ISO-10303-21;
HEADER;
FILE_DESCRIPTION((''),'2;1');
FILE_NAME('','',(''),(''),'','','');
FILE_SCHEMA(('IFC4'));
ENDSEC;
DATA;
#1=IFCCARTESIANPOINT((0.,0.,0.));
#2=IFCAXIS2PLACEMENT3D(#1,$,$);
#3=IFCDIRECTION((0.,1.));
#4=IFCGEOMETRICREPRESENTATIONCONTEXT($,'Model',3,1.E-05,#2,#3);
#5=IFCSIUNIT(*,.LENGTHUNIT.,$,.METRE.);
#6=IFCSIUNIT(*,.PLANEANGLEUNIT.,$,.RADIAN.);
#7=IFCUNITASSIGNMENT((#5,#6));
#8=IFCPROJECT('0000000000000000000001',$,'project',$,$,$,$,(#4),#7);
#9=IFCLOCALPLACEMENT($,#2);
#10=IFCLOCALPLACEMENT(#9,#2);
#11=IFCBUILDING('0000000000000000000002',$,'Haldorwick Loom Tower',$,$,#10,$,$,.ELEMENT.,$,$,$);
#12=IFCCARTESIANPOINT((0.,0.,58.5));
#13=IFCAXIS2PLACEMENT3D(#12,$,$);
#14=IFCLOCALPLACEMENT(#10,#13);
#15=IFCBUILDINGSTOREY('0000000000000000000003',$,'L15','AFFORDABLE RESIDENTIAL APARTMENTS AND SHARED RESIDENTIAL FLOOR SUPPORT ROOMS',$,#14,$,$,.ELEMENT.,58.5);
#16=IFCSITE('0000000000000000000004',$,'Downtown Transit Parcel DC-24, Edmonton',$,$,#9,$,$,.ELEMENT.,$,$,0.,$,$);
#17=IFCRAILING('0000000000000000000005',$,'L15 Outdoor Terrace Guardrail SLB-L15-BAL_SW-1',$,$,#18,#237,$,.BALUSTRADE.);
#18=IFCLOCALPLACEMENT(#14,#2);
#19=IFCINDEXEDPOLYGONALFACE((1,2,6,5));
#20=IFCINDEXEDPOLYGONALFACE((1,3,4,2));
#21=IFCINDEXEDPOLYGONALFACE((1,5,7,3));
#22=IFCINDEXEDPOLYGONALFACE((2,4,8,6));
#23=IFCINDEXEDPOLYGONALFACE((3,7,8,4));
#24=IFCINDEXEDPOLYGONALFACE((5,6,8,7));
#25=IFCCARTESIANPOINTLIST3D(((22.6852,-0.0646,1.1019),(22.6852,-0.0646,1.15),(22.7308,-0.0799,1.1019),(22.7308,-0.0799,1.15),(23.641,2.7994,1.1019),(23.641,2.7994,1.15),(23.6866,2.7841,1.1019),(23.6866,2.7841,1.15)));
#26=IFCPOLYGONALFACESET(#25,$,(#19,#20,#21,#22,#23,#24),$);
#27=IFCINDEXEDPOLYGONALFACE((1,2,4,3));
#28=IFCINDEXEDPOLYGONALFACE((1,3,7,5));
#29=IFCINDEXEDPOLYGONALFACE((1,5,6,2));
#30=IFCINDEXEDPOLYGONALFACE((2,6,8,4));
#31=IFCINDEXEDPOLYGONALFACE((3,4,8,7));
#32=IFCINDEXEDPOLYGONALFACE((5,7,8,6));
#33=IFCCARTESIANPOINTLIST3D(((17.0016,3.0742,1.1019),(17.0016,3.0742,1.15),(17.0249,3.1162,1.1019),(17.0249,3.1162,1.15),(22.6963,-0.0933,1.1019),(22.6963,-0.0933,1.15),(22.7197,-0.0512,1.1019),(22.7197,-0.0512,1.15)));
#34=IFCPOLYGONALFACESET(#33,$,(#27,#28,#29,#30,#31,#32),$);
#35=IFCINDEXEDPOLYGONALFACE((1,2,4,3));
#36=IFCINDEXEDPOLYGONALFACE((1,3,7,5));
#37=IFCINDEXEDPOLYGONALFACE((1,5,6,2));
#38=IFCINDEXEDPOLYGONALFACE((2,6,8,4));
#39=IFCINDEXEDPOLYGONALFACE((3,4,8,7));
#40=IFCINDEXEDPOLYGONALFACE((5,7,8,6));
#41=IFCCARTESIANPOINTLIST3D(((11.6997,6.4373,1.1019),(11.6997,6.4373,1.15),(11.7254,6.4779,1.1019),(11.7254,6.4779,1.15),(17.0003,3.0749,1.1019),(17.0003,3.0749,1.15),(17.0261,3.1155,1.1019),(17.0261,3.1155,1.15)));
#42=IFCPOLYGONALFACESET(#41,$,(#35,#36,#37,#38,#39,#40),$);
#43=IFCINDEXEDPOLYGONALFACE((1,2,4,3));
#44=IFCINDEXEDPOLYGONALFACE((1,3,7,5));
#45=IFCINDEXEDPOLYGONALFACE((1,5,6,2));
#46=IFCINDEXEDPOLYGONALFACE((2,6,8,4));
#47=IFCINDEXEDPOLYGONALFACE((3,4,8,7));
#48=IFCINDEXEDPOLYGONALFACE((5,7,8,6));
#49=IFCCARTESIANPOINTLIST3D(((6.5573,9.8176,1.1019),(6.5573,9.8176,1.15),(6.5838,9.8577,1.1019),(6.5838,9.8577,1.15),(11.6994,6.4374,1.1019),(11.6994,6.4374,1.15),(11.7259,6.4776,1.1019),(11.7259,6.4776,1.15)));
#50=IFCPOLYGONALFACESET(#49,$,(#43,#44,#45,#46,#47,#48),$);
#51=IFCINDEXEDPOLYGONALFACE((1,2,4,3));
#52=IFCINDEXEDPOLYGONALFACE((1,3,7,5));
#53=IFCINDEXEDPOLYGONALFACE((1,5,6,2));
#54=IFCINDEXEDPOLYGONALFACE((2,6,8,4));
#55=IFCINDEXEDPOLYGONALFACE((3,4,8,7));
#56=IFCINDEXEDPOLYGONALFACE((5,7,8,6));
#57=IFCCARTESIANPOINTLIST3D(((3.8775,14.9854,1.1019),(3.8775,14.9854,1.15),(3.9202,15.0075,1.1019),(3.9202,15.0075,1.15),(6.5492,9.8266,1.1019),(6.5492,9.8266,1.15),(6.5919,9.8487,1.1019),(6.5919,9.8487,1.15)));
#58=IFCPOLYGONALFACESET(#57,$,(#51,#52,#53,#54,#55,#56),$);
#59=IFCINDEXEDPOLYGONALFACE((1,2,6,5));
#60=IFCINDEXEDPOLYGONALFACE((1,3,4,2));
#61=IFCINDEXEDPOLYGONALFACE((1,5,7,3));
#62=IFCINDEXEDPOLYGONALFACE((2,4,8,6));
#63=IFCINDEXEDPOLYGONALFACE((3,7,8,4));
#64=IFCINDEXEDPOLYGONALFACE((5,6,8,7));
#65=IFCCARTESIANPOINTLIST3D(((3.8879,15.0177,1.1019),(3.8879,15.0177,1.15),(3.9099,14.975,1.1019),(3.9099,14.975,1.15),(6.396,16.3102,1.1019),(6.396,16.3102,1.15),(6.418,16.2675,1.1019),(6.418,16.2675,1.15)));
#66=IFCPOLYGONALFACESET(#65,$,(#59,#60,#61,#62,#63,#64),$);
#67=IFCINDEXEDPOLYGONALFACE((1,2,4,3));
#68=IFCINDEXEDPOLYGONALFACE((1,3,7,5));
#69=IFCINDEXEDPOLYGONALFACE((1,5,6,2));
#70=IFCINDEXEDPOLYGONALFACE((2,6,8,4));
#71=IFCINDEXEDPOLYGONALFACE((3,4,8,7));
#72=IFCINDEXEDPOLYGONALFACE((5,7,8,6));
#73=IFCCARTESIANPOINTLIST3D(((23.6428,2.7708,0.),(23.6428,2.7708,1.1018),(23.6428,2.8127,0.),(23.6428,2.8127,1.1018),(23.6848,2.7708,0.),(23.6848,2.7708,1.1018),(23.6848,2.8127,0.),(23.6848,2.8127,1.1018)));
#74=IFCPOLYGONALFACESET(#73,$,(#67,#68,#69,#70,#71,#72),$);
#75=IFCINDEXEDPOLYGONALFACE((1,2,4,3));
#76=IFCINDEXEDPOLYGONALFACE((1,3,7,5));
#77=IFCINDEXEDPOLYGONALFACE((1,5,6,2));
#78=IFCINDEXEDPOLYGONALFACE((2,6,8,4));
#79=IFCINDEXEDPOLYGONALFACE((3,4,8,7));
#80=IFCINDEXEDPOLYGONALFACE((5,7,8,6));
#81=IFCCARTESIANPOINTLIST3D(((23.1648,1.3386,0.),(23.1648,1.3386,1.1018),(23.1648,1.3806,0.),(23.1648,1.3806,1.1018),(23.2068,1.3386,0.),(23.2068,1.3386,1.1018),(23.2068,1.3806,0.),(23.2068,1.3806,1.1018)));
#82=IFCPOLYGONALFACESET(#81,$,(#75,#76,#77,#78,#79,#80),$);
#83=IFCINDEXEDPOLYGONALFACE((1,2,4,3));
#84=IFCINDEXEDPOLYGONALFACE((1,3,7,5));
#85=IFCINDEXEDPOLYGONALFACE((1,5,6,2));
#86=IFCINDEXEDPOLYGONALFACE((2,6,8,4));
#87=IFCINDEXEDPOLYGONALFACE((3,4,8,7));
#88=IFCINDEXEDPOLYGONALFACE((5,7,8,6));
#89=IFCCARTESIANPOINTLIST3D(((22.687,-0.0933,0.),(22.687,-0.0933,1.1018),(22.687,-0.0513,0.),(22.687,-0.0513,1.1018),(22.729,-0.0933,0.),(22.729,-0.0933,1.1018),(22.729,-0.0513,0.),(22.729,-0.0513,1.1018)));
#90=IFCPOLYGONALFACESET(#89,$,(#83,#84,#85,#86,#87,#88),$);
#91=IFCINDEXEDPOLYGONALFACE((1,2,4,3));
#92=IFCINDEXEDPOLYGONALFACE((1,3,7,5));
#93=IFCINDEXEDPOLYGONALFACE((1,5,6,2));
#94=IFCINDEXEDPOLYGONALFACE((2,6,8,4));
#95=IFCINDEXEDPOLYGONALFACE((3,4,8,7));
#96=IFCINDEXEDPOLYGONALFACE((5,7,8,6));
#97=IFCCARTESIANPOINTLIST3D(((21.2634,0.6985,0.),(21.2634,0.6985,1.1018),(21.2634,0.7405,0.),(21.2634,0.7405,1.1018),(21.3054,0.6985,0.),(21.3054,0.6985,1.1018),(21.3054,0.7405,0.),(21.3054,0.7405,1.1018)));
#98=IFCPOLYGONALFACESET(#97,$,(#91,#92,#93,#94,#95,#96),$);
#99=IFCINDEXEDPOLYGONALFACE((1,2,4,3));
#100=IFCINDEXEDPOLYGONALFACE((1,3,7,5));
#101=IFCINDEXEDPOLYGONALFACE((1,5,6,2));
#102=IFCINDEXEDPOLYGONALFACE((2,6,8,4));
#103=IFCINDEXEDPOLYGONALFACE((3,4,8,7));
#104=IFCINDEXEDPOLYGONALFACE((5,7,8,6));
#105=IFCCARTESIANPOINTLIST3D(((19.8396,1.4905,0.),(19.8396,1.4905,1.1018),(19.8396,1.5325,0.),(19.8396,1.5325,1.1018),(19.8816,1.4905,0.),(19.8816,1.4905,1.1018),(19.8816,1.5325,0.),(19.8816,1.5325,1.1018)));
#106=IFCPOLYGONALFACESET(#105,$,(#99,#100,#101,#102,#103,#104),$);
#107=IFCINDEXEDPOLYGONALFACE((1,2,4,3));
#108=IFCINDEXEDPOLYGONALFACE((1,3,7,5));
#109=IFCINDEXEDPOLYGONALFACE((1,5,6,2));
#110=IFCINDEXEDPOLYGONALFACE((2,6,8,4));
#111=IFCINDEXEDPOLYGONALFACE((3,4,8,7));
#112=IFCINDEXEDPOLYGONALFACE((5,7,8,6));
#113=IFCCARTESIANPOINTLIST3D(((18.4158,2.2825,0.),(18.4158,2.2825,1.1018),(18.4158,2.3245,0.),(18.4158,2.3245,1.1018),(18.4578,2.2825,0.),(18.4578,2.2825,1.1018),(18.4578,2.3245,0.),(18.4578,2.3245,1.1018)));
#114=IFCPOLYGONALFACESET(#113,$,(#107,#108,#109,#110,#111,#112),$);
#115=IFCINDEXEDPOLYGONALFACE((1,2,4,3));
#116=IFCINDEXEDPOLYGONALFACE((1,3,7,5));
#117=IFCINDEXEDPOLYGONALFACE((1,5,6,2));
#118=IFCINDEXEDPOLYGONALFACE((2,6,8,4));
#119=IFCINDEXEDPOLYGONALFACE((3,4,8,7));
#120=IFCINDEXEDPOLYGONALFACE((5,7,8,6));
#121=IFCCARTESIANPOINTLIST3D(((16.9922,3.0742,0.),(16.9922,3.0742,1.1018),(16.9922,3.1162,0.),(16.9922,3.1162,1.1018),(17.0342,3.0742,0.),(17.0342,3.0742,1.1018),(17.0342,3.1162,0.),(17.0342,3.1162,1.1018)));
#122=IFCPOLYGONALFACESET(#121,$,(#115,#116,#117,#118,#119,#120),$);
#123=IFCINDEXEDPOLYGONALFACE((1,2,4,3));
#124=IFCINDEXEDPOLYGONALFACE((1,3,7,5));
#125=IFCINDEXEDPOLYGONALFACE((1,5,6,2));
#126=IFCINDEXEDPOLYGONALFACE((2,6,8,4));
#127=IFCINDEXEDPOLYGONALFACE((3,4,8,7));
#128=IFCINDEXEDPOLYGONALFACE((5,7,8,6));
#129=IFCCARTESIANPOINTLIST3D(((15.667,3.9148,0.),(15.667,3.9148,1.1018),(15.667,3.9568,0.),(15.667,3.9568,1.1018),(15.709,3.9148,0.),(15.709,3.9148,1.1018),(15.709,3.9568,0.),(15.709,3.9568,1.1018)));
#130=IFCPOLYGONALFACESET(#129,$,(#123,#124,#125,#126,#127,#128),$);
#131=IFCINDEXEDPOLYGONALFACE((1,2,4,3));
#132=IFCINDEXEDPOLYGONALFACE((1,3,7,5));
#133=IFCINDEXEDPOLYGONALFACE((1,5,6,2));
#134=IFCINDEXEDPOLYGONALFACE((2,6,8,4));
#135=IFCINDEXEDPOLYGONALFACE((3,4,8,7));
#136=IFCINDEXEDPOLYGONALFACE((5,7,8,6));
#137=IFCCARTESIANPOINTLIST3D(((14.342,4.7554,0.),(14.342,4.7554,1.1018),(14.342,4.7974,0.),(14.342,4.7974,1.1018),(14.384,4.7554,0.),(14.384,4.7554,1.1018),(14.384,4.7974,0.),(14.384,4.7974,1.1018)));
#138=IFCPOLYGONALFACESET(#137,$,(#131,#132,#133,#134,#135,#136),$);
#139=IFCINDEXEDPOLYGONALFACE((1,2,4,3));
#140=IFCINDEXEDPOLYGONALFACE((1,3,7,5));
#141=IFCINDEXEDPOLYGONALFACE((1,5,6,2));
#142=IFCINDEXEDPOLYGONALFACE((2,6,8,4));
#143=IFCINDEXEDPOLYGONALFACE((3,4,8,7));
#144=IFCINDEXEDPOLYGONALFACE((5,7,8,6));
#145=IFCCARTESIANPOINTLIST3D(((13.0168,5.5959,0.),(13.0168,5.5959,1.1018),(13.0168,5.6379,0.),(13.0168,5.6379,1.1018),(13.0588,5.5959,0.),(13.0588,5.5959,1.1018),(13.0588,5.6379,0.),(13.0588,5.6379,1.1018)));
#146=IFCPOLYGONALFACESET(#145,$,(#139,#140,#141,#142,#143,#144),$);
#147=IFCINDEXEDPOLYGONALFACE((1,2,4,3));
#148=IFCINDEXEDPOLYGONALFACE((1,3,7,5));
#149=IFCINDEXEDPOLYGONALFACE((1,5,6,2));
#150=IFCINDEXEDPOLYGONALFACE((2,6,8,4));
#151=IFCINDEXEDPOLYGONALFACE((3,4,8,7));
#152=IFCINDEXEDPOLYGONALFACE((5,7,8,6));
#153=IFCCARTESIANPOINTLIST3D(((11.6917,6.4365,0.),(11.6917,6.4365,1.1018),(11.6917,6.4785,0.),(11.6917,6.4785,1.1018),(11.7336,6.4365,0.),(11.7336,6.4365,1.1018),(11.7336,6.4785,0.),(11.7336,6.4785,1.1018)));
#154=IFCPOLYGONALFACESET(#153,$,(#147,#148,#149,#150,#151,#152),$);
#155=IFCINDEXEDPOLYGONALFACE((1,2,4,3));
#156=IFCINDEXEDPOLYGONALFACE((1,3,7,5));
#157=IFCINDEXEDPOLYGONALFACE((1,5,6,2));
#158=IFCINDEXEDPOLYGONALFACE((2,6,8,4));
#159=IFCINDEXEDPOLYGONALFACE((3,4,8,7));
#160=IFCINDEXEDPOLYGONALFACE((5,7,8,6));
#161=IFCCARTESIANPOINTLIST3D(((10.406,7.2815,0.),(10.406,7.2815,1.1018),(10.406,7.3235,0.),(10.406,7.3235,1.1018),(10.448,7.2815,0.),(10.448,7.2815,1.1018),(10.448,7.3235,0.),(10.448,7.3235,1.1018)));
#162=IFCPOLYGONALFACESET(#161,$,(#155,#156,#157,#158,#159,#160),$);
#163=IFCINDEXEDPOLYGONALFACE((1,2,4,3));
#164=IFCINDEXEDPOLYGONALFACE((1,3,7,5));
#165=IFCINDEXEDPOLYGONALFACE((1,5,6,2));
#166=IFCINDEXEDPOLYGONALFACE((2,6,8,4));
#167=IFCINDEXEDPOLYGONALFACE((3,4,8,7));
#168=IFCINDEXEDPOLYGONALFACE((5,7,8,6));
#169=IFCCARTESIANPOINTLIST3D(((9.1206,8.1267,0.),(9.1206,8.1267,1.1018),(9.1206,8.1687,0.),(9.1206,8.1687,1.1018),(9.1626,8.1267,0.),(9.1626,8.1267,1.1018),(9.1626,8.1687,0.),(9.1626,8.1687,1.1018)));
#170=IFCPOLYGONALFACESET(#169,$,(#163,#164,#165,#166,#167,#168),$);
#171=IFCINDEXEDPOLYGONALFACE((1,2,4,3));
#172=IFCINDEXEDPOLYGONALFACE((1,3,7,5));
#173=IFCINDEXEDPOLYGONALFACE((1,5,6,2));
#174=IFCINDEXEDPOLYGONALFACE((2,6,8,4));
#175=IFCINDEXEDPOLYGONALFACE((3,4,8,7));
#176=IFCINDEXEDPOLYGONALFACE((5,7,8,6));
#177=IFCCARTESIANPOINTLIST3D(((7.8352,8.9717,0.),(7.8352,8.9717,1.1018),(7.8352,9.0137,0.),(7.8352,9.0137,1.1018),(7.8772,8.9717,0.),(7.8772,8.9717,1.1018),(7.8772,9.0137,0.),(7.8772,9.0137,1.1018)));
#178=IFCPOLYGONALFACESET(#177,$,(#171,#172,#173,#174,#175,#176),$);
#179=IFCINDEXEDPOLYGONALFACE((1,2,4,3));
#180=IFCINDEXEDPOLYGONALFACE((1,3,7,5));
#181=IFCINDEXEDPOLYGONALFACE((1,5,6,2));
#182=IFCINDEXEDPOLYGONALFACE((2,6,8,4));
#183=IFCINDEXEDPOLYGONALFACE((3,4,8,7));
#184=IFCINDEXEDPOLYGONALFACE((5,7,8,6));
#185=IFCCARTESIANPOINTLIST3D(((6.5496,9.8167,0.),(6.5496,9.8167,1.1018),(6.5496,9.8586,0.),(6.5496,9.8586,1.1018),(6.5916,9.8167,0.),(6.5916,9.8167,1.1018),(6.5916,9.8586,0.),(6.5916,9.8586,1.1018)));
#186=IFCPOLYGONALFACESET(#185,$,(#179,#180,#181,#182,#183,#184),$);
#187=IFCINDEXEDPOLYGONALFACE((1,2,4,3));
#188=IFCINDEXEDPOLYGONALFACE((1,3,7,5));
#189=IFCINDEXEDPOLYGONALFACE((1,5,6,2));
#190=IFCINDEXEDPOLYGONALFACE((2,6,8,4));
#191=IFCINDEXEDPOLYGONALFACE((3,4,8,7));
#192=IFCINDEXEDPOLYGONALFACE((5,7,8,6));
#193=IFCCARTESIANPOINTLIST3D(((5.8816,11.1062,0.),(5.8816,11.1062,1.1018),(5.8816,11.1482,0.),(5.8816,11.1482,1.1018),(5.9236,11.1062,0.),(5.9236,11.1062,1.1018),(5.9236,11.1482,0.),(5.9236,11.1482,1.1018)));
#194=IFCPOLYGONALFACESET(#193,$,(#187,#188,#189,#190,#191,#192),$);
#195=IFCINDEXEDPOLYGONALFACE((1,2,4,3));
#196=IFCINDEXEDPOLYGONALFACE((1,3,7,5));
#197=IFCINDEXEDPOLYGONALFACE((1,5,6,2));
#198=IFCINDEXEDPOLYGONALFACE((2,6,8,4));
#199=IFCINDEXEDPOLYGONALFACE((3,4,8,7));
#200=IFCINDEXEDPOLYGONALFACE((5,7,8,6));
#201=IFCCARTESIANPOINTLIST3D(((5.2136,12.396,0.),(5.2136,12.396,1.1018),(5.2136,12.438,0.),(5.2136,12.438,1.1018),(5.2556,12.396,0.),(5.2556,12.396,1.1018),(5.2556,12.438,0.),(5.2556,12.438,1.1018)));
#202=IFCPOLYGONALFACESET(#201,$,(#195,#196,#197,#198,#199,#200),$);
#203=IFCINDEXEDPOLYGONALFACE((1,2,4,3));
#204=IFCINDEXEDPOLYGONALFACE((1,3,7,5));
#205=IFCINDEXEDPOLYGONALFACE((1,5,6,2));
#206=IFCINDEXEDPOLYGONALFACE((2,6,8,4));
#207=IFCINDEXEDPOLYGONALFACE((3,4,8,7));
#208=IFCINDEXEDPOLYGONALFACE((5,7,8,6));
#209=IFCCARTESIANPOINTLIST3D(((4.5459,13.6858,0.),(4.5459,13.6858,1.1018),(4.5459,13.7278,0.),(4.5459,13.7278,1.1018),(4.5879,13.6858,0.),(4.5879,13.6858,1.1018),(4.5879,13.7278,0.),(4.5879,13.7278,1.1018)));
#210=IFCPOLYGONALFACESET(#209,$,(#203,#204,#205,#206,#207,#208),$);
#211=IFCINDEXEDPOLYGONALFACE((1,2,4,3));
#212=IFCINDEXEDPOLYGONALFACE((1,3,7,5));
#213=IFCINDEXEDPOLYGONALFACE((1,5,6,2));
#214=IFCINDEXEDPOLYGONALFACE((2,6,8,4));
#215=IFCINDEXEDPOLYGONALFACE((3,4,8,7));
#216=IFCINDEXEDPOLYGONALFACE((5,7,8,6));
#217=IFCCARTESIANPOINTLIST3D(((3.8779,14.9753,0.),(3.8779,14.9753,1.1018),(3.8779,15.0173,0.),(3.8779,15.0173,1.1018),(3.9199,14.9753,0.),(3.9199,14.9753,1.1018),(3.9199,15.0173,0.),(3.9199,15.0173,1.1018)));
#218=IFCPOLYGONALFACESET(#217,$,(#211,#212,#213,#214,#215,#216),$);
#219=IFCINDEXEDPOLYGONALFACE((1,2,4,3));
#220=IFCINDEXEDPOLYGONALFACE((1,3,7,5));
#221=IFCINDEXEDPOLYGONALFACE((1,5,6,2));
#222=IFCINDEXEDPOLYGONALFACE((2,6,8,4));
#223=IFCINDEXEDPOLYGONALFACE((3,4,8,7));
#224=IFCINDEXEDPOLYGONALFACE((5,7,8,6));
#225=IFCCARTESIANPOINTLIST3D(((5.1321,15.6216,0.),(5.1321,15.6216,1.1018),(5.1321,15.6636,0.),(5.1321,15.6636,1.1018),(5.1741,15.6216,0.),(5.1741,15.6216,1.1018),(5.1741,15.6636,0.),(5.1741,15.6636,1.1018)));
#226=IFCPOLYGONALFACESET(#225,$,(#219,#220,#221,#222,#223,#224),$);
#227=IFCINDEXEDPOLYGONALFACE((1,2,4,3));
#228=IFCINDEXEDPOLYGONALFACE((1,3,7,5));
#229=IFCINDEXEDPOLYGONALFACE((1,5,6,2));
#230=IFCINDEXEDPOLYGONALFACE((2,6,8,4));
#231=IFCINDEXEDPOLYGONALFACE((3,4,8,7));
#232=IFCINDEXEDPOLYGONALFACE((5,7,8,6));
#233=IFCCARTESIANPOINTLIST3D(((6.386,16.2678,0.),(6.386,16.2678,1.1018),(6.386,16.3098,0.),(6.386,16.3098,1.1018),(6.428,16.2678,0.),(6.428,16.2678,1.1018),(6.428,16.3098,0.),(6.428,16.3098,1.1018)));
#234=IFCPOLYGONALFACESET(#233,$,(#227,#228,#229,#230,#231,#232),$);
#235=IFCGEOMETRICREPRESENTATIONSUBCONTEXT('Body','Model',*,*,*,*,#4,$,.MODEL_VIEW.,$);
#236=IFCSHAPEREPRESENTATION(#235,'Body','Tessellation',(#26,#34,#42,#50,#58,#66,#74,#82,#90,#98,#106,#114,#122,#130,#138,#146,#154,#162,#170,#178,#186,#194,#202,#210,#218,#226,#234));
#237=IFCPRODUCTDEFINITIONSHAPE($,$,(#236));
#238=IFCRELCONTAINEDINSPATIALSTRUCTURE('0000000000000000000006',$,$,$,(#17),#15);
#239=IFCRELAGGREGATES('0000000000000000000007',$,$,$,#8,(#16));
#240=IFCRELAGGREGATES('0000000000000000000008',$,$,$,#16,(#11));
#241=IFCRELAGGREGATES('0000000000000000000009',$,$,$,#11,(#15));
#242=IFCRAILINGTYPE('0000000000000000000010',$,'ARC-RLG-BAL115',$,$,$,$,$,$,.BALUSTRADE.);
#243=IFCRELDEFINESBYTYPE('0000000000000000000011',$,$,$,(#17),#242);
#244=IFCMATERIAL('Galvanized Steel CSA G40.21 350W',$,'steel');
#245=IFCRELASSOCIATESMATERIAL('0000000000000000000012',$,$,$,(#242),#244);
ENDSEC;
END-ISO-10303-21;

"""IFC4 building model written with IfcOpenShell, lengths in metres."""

from ifc_helpers import new_model, si_unit, direction, frame, origin, origin_2d, place, context, subcontext, project, spatial, rectangle, extrude, material, type_object, element, save


model = new_model("IFC4")

# Units and contexts
model_context = context("Model", 3, precision=1e-05, world=origin(), true_north=direction((0.0, 1.0)))
body_context = subcontext(model_context, "Body", "Model", "MODEL_VIEW")
ifc_project = project(units=[si_unit("LENGTHUNIT", "METRE"), si_unit("PLANEANGLEUNIT", "RADIAN")], contexts=[model_context])

# Site, building, storey
site_placement = place(None, origin())
site = spatial("IfcSite", under=ifc_project, at=site_placement, Name="Downtown Transit Parcel DC-24, Edmonton", CompositionType="ELEMENT", RefElevation=0.0)
building_placement = place(site_placement, origin())
building = spatial("IfcBuilding", under=site, at=building_placement, Name="Haldorwick Loom Tower", CompositionType="ELEMENT")
storey_placement = place(building_placement, frame((0.0, 0.0, 58.5)))
storey = spatial("IfcBuildingStorey", under=building, at=storey_placement, Name="L15", Description="AFFORDABLE RESIDENTIAL APARTMENTS AND SHARED RESIDENTIAL FLOOR SUPPORT ROOMS", CompositionType="ELEMENT", Elevation=58.5)

# Railing
ifc_material_1 = material(Name="Galvanized Steel CSA G40.21 350W", Category="steel")
railing_type = type_object("IfcRailingType", Name="ARC-RLG-BAL115", PredefinedType="BALUSTRADE", material=ifc_material_1)
railing_placement = place(storey_placement, frame((23.6638, 2.7917, 0.0)))
element("IfcRailing", 1, at=railing_placement, inside=storey, type_object=railing_type, Name="L15 Outdoor Terrace Guardrail SLB-L15-BAL_SW-1", PredefinedType="BALUSTRADE", context=body_context, shape_type="SweptSolid", body=[
    extrude(rectangle(XDim=0.0481, YDim=0.0481, at=origin_2d()), frame((0.0, 0.0, 1.126), z_axis=(-0.316567, -0.94857, 0.0), x_axis=(0.94857, -0.316567, 0.0)), (0.0, 0.0, 1.0), 3.0193),
    extrude(rectangle(XDim=0.0481, YDim=0.0481, at=origin_2d()), frame((-0.9558, -2.864, 1.126), z_axis=(-0.873917, 0.486075, 0.0), x_axis=(-0.486075, -0.873917, 0.0)), (0.0, 0.0, 1.0), 6.5164),
    extrude(rectangle(XDim=0.0481, YDim=0.0481, at=origin_2d()), frame((-6.6506, 0.3035, 1.126), z_axis=(-0.844437, 0.535654, 0.0), x_axis=(-0.535654, -0.844437, 0.0)), (0.0, 0.0, 1.0), 6.2771),
    extrude(rectangle(XDim=0.0481, YDim=0.0481, at=origin_2d()), frame((-11.9512, 3.6658, 1.126), z_axis=(-0.835628, 0.549296, 0.0), x_axis=(-0.549296, -0.835628, 0.0)), (0.0, 0.0, 1.0), 6.1536),
    extrude(rectangle(XDim=0.0481, YDim=0.0481, at=origin_2d()), frame((-17.0933, 7.0459, 1.126), z_axis=(-0.459877, 0.887983, 0.0), x_axis=(-0.887983, -0.459877, 0.0)), (0.0, 0.0, 1.0), 5.8096),
    extrude(rectangle(XDim=0.0481, YDim=0.0481, at=origin_2d()), frame((-19.7649, 12.2046, 1.126), z_axis=(0.888909, 0.458083, 0.0), x_axis=(-0.458083, 0.888909, 0.0)), (0.0, 0.0, 1.0), 2.8215),
    extrude(rectangle(XDim=0.042, YDim=0.042, at=origin_2d()), origin(), (0.0, 0.0, 1.0), 1.1018),
    extrude(rectangle(XDim=0.042, YDim=0.042, at=origin_2d()), frame((-0.478, -1.4321, 0.0)), (0.0, 0.0, 1.0), 1.1018),
    extrude(rectangle(XDim=0.042, YDim=0.042, at=origin_2d()), frame((-0.9558, -2.864, 0.0)), (0.0, 0.0, 1.0), 1.1018),
    extrude(rectangle(XDim=0.042, YDim=0.042, at=origin_2d()), frame((-2.3794, -2.0723, 0.0)), (0.0, 0.0, 1.0), 1.1018),
    extrude(rectangle(XDim=0.042, YDim=0.042, at=origin_2d()), frame((-3.8032, -1.2803, 0.0)), (0.0, 0.0, 1.0), 1.1018),
    extrude(rectangle(XDim=0.042, YDim=0.042, at=origin_2d()), frame((-5.2271, -0.4883, 0.0)), (0.0, 0.0, 1.0), 1.1018),
    extrude(rectangle(XDim=0.042, YDim=0.042, at=origin_2d()), frame((-6.6506, 0.3035, 0.0)), (0.0, 0.0, 1.0), 1.1018),
    extrude(rectangle(XDim=0.042, YDim=0.042, at=origin_2d()), frame((-7.9758, 1.144, 0.0)), (0.0, 0.0, 1.0), 1.1018),
    extrude(rectangle(XDim=0.042, YDim=0.042, at=origin_2d()), frame((-9.3008, 1.9846, 0.0)), (0.0, 0.0, 1.0), 1.1018),
    extrude(rectangle(XDim=0.042, YDim=0.042, at=origin_2d()), frame((-10.626, 2.8252, 0.0)), (0.0, 0.0, 1.0), 1.1018),
    extrude(rectangle(XDim=0.042, YDim=0.042, at=origin_2d()), frame((-11.9512, 3.6658, 0.0)), (0.0, 0.0, 1.0), 1.1018),
    extrude(rectangle(XDim=0.042, YDim=0.042, at=origin_2d()), frame((-13.2368, 4.5107, 0.0)), (0.0, 0.0, 1.0), 1.1018),
    extrude(rectangle(XDim=0.042, YDim=0.042, at=origin_2d()), frame((-14.5222, 5.356, 0.0)), (0.0, 0.0, 1.0), 1.1018),
    extrude(rectangle(XDim=0.042, YDim=0.042, at=origin_2d()), frame((-15.8076, 6.2009, 0.0)), (0.0, 0.0, 1.0), 1.1018),
    extrude(rectangle(XDim=0.042, YDim=0.042, at=origin_2d()), frame((-17.0933, 7.0459, 0.0)), (0.0, 0.0, 1.0), 1.1018),
    extrude(rectangle(XDim=0.042, YDim=0.042, at=origin_2d()), frame((-17.7612, 8.3354, 0.0)), (0.0, 0.0, 1.0), 1.1018),
    extrude(rectangle(XDim=0.042, YDim=0.042, at=origin_2d()), frame((-18.4292, 9.6252, 0.0)), (0.0, 0.0, 1.0), 1.1018),
    extrude(rectangle(XDim=0.042, YDim=0.042, at=origin_2d()), frame((-19.0969, 10.915, 0.0)), (0.0, 0.0, 1.0), 1.1018),
    extrude(rectangle(XDim=0.042, YDim=0.042, at=origin_2d()), frame((-19.7649, 12.2046, 0.0)), (0.0, 0.0, 1.0), 1.1018),
    extrude(rectangle(XDim=0.042, YDim=0.042, at=origin_2d()), frame((-18.5107, 12.8508, 0.0)), (0.0, 0.0, 1.0), 1.1018),
    extrude(rectangle(XDim=0.042, YDim=0.042, at=origin_2d()), frame((-17.2568, 13.4971, 0.0)), (0.0, 0.0, 1.0), 1.1018),
])

save(model, "model.ifc")
